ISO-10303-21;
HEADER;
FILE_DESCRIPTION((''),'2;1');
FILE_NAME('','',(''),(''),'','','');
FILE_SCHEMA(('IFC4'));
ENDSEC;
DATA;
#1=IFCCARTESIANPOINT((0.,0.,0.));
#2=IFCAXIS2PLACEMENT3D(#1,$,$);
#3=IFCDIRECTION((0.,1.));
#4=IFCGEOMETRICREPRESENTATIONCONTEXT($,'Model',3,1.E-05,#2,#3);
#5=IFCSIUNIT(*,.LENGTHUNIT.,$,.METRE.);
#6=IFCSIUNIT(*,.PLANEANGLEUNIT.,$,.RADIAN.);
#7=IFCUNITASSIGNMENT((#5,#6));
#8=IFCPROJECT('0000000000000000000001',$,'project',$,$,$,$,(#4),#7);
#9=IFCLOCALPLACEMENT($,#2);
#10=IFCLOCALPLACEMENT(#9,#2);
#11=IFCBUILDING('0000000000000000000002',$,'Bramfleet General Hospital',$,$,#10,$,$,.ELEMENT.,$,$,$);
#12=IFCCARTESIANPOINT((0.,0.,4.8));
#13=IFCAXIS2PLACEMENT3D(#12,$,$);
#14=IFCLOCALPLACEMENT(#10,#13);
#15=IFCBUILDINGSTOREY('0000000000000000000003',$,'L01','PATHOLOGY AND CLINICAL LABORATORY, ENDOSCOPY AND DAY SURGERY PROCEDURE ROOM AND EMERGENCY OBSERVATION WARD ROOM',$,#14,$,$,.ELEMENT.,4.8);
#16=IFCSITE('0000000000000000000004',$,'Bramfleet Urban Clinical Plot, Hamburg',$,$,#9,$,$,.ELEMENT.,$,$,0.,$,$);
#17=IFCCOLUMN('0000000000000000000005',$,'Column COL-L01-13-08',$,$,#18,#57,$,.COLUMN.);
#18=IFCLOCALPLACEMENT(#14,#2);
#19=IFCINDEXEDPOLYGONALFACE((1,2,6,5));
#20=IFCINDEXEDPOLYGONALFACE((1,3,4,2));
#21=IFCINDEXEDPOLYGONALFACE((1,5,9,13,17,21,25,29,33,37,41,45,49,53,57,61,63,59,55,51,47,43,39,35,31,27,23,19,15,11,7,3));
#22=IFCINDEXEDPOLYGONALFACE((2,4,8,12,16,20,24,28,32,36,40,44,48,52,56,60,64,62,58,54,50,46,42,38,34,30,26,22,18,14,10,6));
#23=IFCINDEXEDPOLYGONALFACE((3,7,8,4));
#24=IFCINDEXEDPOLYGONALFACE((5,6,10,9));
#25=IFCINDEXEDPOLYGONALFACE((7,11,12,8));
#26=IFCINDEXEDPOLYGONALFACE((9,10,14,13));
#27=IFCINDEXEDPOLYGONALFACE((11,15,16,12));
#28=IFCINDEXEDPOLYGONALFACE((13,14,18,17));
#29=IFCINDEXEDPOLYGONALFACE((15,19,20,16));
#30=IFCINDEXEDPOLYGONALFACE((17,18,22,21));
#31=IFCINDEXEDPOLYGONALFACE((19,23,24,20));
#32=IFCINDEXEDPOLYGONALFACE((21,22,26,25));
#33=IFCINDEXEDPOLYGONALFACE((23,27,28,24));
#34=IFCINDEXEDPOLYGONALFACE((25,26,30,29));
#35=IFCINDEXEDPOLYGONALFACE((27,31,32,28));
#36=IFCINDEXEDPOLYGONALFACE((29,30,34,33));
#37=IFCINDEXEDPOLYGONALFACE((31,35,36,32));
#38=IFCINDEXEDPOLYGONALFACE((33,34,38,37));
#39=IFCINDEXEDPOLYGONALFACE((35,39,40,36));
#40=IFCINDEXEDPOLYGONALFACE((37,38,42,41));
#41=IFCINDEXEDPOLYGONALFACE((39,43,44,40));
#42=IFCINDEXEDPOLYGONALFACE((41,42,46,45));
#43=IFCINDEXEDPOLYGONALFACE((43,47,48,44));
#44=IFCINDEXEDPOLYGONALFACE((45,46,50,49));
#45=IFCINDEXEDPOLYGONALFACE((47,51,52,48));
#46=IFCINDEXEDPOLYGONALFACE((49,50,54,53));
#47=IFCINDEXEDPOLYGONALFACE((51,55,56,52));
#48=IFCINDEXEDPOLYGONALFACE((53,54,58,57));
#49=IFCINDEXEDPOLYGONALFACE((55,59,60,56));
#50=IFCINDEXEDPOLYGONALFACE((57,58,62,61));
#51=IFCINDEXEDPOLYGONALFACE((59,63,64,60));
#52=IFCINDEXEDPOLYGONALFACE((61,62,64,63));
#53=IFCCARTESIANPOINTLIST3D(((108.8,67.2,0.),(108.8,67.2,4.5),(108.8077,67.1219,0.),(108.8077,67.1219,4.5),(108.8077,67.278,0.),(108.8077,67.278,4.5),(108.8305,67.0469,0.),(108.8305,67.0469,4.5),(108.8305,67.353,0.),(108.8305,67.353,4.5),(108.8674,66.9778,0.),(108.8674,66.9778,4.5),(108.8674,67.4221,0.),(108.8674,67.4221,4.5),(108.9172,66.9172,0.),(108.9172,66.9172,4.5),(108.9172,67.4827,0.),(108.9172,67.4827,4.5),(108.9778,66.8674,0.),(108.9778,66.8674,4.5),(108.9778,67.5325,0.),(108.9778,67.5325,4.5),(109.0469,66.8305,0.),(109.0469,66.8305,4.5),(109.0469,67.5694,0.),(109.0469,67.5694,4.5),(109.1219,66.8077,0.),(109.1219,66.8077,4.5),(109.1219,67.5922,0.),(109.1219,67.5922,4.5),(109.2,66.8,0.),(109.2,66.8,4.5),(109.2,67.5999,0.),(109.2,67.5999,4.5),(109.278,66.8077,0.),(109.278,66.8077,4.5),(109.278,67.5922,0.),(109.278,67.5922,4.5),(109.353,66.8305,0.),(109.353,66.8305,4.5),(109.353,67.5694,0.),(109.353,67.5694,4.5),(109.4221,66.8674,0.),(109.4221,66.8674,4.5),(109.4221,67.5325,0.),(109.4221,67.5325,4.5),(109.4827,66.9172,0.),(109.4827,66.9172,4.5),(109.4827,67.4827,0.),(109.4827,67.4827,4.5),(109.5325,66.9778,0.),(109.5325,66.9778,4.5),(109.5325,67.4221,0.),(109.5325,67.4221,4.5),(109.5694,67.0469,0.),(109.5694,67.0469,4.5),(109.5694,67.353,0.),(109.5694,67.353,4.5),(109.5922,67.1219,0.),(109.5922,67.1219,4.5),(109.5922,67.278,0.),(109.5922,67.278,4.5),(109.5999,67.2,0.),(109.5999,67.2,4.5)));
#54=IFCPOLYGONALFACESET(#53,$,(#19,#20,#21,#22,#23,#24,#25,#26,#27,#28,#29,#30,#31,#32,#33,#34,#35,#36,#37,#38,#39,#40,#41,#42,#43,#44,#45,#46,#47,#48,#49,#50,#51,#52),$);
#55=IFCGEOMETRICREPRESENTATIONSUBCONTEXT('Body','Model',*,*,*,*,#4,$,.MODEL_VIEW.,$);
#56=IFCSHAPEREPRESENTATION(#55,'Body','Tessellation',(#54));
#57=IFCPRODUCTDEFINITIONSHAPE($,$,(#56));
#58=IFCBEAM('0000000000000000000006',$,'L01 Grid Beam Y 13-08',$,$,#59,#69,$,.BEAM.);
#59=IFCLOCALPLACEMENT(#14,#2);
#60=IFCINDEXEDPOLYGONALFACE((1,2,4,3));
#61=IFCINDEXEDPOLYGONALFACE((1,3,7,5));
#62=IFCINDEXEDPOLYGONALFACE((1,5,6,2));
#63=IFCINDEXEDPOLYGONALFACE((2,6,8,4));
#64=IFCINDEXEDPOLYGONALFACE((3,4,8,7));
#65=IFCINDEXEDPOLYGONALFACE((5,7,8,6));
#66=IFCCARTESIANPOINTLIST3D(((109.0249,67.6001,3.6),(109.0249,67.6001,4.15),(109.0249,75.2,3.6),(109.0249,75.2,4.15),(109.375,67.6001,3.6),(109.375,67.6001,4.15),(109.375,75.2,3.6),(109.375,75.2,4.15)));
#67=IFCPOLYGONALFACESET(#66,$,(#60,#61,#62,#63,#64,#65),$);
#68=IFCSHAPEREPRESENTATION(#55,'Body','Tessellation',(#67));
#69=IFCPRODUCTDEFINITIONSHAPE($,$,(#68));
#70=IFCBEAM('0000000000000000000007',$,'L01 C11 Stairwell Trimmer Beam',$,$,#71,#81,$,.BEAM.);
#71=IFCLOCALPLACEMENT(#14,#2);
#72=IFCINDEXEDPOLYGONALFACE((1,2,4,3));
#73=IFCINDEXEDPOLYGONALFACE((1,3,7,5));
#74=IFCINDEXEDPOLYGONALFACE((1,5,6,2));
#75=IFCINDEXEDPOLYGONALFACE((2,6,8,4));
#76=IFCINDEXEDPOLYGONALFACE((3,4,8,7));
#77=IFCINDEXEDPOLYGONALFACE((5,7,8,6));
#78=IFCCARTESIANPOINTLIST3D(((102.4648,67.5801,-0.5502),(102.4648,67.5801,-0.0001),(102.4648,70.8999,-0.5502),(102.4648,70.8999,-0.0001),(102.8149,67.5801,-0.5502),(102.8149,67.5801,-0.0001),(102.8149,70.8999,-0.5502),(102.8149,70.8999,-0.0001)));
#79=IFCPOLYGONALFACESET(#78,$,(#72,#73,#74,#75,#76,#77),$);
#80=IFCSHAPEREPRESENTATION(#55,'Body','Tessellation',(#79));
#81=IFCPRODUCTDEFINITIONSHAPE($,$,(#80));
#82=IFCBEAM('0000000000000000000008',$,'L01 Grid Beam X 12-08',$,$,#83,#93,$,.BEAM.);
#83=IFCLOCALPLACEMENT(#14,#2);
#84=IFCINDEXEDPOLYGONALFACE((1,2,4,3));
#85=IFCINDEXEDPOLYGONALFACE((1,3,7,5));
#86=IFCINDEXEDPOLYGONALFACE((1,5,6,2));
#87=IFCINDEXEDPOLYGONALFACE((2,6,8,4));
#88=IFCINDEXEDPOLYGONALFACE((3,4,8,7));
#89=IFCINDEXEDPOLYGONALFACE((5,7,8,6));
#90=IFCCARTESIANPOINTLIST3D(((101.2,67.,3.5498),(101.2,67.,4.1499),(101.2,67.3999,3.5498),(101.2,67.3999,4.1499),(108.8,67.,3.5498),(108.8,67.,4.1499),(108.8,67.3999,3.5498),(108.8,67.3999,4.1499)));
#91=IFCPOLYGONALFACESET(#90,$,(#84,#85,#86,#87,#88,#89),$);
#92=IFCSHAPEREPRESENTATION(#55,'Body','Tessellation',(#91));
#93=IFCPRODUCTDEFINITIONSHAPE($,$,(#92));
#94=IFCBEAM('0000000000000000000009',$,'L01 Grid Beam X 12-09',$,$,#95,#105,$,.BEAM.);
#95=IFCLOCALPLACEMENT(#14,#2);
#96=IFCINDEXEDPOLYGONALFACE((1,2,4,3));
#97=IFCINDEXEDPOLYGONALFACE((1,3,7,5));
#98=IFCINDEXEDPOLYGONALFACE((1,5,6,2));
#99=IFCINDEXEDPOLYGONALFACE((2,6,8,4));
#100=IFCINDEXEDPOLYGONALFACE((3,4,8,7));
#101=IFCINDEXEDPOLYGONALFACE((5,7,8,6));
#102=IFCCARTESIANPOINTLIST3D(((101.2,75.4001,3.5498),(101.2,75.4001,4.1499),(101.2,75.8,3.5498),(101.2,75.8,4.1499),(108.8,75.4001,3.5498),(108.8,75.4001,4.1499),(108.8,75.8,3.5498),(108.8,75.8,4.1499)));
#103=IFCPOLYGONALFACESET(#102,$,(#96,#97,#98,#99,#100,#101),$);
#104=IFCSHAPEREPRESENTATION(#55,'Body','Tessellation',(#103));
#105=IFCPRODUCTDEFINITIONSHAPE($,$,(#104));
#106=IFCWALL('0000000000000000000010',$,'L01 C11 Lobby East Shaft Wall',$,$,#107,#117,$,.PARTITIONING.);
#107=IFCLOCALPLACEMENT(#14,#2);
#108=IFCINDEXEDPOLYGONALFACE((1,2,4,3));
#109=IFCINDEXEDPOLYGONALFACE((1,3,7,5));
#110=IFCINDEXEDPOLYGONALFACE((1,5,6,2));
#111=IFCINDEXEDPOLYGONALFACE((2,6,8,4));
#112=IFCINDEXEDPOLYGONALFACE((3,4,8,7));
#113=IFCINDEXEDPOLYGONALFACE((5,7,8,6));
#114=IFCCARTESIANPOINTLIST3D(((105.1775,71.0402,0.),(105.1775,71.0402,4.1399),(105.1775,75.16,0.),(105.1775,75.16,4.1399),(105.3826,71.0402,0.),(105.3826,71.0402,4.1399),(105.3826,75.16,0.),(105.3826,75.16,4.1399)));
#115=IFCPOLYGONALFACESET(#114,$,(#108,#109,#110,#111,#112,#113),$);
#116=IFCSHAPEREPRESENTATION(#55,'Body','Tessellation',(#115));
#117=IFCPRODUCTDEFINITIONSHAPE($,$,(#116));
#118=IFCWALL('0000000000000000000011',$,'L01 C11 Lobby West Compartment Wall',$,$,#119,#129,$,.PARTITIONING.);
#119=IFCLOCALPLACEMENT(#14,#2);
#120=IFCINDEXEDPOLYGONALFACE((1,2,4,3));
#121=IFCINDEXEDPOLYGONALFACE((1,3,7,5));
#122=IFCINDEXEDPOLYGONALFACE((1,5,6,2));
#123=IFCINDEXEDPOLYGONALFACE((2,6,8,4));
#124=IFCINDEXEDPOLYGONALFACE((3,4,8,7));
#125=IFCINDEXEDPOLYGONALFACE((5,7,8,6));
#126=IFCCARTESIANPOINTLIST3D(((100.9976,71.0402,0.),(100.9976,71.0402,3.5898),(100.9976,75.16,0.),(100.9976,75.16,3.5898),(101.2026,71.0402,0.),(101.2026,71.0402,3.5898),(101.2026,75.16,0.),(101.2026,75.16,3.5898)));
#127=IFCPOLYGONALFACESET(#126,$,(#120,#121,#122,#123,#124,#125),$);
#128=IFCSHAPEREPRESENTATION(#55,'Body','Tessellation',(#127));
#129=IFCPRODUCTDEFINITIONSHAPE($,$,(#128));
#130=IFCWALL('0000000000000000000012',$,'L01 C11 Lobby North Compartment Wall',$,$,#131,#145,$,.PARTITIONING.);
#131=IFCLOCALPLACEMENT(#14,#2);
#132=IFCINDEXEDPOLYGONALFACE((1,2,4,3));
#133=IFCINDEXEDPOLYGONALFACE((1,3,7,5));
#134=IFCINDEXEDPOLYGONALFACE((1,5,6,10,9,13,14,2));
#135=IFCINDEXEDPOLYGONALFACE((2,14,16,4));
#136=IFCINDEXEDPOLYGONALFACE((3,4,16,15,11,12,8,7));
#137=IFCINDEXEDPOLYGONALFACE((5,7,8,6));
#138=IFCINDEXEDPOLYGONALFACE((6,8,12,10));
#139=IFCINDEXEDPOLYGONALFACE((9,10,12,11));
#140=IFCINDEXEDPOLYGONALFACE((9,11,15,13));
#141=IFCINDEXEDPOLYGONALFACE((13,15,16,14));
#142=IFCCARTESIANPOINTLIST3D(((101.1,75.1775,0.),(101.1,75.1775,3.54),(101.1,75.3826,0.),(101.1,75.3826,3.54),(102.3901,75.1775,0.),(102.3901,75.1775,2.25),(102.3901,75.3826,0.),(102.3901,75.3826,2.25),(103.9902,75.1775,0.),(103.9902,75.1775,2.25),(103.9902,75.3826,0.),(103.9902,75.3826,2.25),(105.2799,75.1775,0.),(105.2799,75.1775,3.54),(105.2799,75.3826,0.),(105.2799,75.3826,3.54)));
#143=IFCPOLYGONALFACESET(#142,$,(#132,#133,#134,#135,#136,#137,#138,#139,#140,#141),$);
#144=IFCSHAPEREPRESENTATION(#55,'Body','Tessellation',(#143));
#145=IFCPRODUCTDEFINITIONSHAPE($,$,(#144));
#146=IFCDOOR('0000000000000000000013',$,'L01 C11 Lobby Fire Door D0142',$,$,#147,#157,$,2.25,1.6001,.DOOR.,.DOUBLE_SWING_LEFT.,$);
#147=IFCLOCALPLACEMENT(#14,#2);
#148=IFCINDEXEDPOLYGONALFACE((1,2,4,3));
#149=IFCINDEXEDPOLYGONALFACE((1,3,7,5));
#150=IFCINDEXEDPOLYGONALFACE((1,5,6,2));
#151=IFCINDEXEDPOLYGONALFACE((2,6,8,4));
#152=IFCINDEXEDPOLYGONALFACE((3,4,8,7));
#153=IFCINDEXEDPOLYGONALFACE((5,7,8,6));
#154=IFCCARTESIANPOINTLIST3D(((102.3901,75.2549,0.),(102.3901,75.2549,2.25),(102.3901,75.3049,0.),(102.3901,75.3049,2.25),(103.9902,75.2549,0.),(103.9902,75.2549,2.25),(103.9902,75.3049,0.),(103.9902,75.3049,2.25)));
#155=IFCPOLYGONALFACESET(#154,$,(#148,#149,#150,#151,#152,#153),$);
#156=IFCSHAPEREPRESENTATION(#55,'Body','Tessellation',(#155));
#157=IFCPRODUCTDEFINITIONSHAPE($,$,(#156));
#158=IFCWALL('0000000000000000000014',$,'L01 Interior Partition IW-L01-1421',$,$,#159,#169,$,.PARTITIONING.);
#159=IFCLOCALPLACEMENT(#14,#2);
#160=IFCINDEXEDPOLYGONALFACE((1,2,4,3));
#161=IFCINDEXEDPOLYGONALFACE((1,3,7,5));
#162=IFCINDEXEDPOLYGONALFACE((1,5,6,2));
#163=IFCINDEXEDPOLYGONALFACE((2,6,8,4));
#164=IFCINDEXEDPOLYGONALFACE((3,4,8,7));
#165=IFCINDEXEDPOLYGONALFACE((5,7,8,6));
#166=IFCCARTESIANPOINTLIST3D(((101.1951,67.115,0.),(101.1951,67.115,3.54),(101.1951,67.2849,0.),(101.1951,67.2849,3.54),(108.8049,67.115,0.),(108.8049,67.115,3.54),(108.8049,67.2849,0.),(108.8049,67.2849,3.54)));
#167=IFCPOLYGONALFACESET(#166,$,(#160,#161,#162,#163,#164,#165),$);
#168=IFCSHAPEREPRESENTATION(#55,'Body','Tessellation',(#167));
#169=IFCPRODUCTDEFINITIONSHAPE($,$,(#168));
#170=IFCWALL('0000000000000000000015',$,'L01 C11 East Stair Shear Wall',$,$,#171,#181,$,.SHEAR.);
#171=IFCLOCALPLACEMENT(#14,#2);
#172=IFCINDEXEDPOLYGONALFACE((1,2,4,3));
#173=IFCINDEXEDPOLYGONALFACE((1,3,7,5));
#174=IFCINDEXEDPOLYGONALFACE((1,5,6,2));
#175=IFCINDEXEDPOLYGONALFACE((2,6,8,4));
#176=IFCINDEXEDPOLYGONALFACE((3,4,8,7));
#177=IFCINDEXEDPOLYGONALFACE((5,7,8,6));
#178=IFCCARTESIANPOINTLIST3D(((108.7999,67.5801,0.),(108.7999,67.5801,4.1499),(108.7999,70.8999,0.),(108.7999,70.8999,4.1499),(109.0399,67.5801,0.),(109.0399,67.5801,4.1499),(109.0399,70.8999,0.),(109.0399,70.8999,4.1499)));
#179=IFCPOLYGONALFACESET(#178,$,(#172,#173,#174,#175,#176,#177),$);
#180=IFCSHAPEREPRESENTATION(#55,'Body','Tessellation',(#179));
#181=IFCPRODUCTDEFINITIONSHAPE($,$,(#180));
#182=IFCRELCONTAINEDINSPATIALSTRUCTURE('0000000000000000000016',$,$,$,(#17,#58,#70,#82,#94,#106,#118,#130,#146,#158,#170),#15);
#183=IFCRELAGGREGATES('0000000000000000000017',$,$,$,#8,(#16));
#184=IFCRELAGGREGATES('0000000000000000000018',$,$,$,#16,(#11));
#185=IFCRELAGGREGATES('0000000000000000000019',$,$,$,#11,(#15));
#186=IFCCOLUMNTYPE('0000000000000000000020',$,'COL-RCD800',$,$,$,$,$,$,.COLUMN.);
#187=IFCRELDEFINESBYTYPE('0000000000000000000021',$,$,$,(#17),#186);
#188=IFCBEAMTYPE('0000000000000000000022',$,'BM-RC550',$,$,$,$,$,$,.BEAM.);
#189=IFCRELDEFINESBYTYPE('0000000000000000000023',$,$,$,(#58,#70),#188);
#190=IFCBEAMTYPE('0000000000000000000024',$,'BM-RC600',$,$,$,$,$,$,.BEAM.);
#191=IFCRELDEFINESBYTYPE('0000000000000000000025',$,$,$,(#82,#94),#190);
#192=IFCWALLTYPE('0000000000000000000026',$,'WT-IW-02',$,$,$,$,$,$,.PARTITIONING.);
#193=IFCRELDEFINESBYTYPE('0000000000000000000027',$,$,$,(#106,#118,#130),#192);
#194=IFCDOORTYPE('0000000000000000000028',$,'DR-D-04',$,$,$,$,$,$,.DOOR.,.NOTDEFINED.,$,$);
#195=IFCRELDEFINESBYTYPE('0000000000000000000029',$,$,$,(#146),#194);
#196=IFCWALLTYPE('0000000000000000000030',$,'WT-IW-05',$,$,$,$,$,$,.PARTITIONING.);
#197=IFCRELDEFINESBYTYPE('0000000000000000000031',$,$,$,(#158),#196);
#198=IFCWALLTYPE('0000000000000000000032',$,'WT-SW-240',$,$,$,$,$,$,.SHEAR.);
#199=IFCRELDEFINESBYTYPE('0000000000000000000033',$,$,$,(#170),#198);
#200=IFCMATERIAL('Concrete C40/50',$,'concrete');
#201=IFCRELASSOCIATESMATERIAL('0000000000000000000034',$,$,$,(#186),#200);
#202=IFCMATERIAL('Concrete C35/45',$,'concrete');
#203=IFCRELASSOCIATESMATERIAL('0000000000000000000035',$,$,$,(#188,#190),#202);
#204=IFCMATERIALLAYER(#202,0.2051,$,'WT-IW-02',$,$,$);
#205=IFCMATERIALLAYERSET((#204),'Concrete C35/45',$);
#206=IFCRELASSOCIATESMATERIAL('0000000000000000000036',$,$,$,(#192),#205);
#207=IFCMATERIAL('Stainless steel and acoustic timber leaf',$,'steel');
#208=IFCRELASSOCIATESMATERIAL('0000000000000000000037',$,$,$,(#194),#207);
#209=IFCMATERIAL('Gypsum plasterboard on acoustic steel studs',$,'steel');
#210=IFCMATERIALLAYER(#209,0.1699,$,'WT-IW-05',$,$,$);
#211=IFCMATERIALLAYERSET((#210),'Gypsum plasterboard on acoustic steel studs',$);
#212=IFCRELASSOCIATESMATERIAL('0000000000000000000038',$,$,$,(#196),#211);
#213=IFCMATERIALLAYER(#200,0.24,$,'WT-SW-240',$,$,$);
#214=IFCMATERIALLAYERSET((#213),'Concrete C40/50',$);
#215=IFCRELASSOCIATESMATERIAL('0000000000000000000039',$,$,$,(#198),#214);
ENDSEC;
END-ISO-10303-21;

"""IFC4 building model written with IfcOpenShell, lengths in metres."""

from ifc_helpers import new_model, si_unit, direction, frame, frame_2d, origin, origin_2d, place, context, subcontext, project, spatial, rectangle, circle, extrude, material, layer, layer_set, material_profile, profile_set, type_object, element, fill, save


model = new_model("IFC4")

# Units and contexts
model_context = context("Model", 3, precision=1e-05, world=origin(), true_north=direction((0.0, 1.0)))
body_context = subcontext(model_context, "Body", "Model", "MODEL_VIEW")
ifc_project = project(units=[si_unit("LENGTHUNIT", "METRE"), si_unit("PLANEANGLEUNIT", "RADIAN")], contexts=[model_context])

# Site, building, storey
site_placement = place(None, origin())
site = spatial("IfcSite", under=ifc_project, at=site_placement, Name="Bramfleet Urban Clinical Plot, Hamburg", CompositionType="ELEMENT", RefElevation=0.0)
building_placement = place(site_placement, origin())
building = spatial("IfcBuilding", under=site, at=building_placement, Name="Bramfleet General Hospital", CompositionType="ELEMENT")
storey_placement = place(building_placement, frame((0.0, 0.0, 4.8)))
storey = spatial("IfcBuildingStorey", under=building, at=storey_placement, Name="L01", Description="PATHOLOGY AND CLINICAL LABORATORY, ENDOSCOPY AND DAY SURGERY PROCEDURE ROOM AND EMERGENCY OBSERVATION WARD ROOM", CompositionType="ELEMENT", Elevation=4.8)

# Column
ifc_material_1 = material(Name="Concrete C40/50", Category="concrete")
ifc_material_profile_1 = material_profile(ifc_material_1, circle(Radius=0.3999, at=origin_2d()), Name="RC ROUND D800")
ifc_profile_set_1 = profile_set([ifc_material_profile_1], Name="Concrete C40/50")
column_type = type_object("IfcColumnType", Name="COL-RCD800", PredefinedType="COLUMN", material=ifc_profile_set_1)
column_placement = place(storey_placement, frame((109.2, 67.2, 0.0), z_axis=(0.0, 0.0, 1.0), x_axis=(1.0, 0.0, 0.0)))
element("IfcColumn", 1, at=column_placement, inside=storey, type_object=column_type, Name="Column COL-L01-13-08", PredefinedType="COLUMN", context=body_context, shape_type="SweptSolid", body=[
    extrude(circle(Radius=0.3999, at=origin_2d()), origin(), (0.0, 0.0, 1.0), 4.5),
])

# Beams
ifc_material_2 = material(Name="Concrete C35/45", Category="concrete")
ifc_material_profile_2 = material_profile(ifc_material_2, rectangle(XDim=0.3501, YDim=0.55, at=origin_2d()), Name="RC BM 550x350")
ifc_profile_set_2 = profile_set([ifc_material_profile_2], Name="Concrete C35/45")
beam_type_1 = type_object("IfcBeamType", Name="BM-RC550", PredefinedType="BEAM", material=ifc_profile_set_2)
beam_1_placement = place(storey_placement, frame((109.2, 67.6001, 3.875), z_axis=(0.0, 1.0, 0.0), x_axis=(-1.0, 0.0, 0.0)))
element("IfcBeam", 2, at=beam_1_placement, inside=storey, type_object=beam_type_1, Name="L01 Grid Beam Y 13-08", PredefinedType="BEAM", context=body_context, shape_type="SweptSolid", body=[
    extrude(rectangle(XDim=0.3501, YDim=0.55, at=origin_2d()), origin(), (0.0, 0.0, 1.0), 7.5999),
])
beam_2_placement = place(storey_placement, frame((102.6399, 67.5801, -0.2751), z_axis=(0.0, 1.0, 0.0), x_axis=(-1.0, 0.0, 0.0)))
element("IfcBeam", 3, at=beam_2_placement, inside=storey, type_object=beam_type_1, Name="L01 C11 Stairwell Trimmer Beam", PredefinedType="BEAM", context=body_context, shape_type="SweptSolid", body=[
    extrude(rectangle(XDim=0.3501, YDim=0.55, at=origin_2d()), origin(), (0.0, 0.0, 1.0), 3.3198),
])
ifc_material_profile_3 = material_profile(ifc_material_2, rectangle(XDim=0.3999, YDim=0.6001, at=origin_2d()), Name="RC BM 600x400")
ifc_profile_set_3 = profile_set([ifc_material_profile_3], Name="Concrete C35/45")
beam_type_2 = type_object("IfcBeamType", Name="BM-RC600", PredefinedType="BEAM", material=ifc_profile_set_3)
for number, where, z_axis, x_axis, name in (
    (4, (101.2, 67.2, 3.8499), (1.0, 0.0, 0.0), (0.0, 1.0, 0.0), "L01 Grid Beam X 12-08"),
    (5, (101.2, 75.6001, 3.8499), (1.0, 0.0, 0.0), (0.0, 1.0, 0.0), "L01 Grid Beam X 12-09"),
):
    element("IfcBeam", number, at=place(storey_placement, frame(where, z_axis=z_axis, x_axis=x_axis)), inside=storey, type_object=beam_type_2, Name=name, PredefinedType="BEAM", context=body_context, shape_type="SweptSolid", body=[
        extrude(rectangle(XDim=0.3999, YDim=0.6001, at=origin_2d()), origin(), (0.0, 0.0, 1.0), 7.6001),
    ])

# Walls
ifc_layer_1 = layer(ifc_material_2, 0.2051, Name="WT-IW-02")
ifc_layer_set_1 = layer_set([ifc_layer_1], Name="Concrete C35/45")
wall_type_1 = type_object("IfcWallType", Name="WT-IW-02", PredefinedType="PARTITIONING", material=ifc_layer_set_1)
wall_1_placement = place(storey_placement, frame((105.28, 71.04, 0.0), z_axis=(0.0, 0.0, 1.0), x_axis=(0.0, 1.0, 0.0)))
element("IfcWall", 6, at=wall_1_placement, inside=storey, type_object=wall_type_1, Name="L01 C11 Lobby East Shaft Wall", PredefinedType="PARTITIONING", context=body_context, shape_type="SweptSolid", body=[
    extrude(rectangle(XDim=4.1199, YDim=0.2051, at=frame_2d((2.0601, 0.0))), origin(), (0.0, 0.0, 1.0), 4.1399),
])
wall_2_placement = place(storey_placement, frame((101.1001, 71.04, 0.0), z_axis=(0.0, 0.0, 1.0), x_axis=(0.0, 1.0, 0.0)))
element("IfcWall", 7, at=wall_2_placement, inside=storey, type_object=wall_type_1, Name="L01 C11 Lobby West Compartment Wall", PredefinedType="PARTITIONING", context=body_context, shape_type="SweptSolid", body=[
    extrude(rectangle(XDim=4.1199, YDim=0.2051, at=frame_2d((2.0601, 0.0))), origin(), (0.0, 0.0, 1.0), 3.5898),
])

# Wall, opening, door
wall_3_placement = place(storey_placement, frame((101.1001, 75.28, 0.0), z_axis=(0.0, 0.0, 1.0), x_axis=(1.0, 0.0, 0.0)))
wall_3 = element("IfcWall", 8, at=wall_3_placement, inside=storey, type_object=wall_type_1, Name="L01 C11 Lobby North Compartment Wall", PredefinedType="PARTITIONING", context=body_context, shape_type="SweptSolid", body=[
    extrude(rectangle(XDim=4.1799, YDim=0.2051, at=frame_2d((2.0898, 0.0))), origin(), (0.0, 0.0, 1.0), 3.54),
])
opening_1_placement = place(wall_3_placement, frame((1.29, 0.0, 0.0)))
opening_1 = element("IfcOpeningElement", 9, at=opening_1_placement, cuts=wall_3, PredefinedType="OPENING", context=body_context, shape_type="SweptSolid", body=[
    extrude(rectangle(XDim=1.6001, YDim=2.25, at=frame_2d((0.8, 1.125))), frame((0.0, 0.1125, 0.0), z_axis=(0.0, -1.0, 0.0), x_axis=(1.0, 0.0, 0.0)), (0.0, 0.0, 1.0), 0.2251),
])
ifc_material_3 = material(Name="Stainless steel and acoustic timber leaf", Category="steel")
door_type_1 = type_object("IfcDoorType", Name="DR-D-04", OperationType="NOTDEFINED", PredefinedType="DOOR", material=ifc_material_3)
door_1_placement = place(opening_1_placement, origin())
door_1 = element("IfcDoor", 10, at=door_1_placement, inside=storey, type_object=door_type_1, Name="L01 C11 Lobby Fire Door D0142", OperationType="DOUBLE_SWING_LEFT", OverallHeight=2.25, OverallWidth=1.6001, PredefinedType="DOOR", context=body_context, shape_type="SweptSolid", body=[
    extrude(rectangle(XDim=1.6001, YDim=2.25, at=frame_2d((0.8, 1.125))), frame((0.0, 0.0249, 0.0), z_axis=(0.0, -1.0, 0.0), x_axis=(1.0, 0.0, 0.0)), (0.0, 0.0, 1.0), 0.05),
])
fill(opening_1, door_1)

# Walls
ifc_material_4 = material(Name="Gypsum plasterboard on acoustic steel studs", Category="steel")
ifc_layer_2 = layer(ifc_material_4, 0.1699, Name="WT-IW-05")
ifc_layer_set_2 = layer_set([ifc_layer_2], Name="Gypsum plasterboard on acoustic steel studs")
wall_type_2 = type_object("IfcWallType", Name="WT-IW-05", PredefinedType="PARTITIONING", material=ifc_layer_set_2)
wall_4_placement = place(storey_placement, frame((101.1951, 67.2, 0.0), z_axis=(0.0, 0.0, 1.0), x_axis=(1.0, 0.0, 0.0)))
element("IfcWall", 11, at=wall_4_placement, inside=storey, type_object=wall_type_2, Name="L01 Interior Partition IW-L01-1421", PredefinedType="PARTITIONING", context=body_context, shape_type="SweptSolid", body=[
    extrude(rectangle(XDim=7.6099, YDim=0.1699, at=frame_2d((3.8049, 0.0))), origin(), (0.0, 0.0, 1.0), 3.54),
])
ifc_layer_3 = layer(ifc_material_1, 0.24, Name="WT-SW-240")
ifc_layer_set_3 = layer_set([ifc_layer_3], Name="Concrete C40/50")
wall_type_3 = type_object("IfcWallType", Name="WT-SW-240", PredefinedType="SHEAR", material=ifc_layer_set_3)
wall_5_placement = place(storey_placement, frame((108.9199, 67.5801, 0.0), z_axis=(0.0, 0.0, 1.0), x_axis=(0.0, 1.0, 0.0)))
element("IfcWall", 12, at=wall_5_placement, inside=storey, type_object=wall_type_3, Name="L01 C11 East Stair Shear Wall", PredefinedType="SHEAR", context=body_context, shape_type="SweptSolid", body=[
    extrude(rectangle(XDim=3.3198, YDim=0.24, at=frame_2d((1.6599, 0.0))), origin(), (0.0, 0.0, 1.0), 4.1499),
])

save(model, "model.ifc")
